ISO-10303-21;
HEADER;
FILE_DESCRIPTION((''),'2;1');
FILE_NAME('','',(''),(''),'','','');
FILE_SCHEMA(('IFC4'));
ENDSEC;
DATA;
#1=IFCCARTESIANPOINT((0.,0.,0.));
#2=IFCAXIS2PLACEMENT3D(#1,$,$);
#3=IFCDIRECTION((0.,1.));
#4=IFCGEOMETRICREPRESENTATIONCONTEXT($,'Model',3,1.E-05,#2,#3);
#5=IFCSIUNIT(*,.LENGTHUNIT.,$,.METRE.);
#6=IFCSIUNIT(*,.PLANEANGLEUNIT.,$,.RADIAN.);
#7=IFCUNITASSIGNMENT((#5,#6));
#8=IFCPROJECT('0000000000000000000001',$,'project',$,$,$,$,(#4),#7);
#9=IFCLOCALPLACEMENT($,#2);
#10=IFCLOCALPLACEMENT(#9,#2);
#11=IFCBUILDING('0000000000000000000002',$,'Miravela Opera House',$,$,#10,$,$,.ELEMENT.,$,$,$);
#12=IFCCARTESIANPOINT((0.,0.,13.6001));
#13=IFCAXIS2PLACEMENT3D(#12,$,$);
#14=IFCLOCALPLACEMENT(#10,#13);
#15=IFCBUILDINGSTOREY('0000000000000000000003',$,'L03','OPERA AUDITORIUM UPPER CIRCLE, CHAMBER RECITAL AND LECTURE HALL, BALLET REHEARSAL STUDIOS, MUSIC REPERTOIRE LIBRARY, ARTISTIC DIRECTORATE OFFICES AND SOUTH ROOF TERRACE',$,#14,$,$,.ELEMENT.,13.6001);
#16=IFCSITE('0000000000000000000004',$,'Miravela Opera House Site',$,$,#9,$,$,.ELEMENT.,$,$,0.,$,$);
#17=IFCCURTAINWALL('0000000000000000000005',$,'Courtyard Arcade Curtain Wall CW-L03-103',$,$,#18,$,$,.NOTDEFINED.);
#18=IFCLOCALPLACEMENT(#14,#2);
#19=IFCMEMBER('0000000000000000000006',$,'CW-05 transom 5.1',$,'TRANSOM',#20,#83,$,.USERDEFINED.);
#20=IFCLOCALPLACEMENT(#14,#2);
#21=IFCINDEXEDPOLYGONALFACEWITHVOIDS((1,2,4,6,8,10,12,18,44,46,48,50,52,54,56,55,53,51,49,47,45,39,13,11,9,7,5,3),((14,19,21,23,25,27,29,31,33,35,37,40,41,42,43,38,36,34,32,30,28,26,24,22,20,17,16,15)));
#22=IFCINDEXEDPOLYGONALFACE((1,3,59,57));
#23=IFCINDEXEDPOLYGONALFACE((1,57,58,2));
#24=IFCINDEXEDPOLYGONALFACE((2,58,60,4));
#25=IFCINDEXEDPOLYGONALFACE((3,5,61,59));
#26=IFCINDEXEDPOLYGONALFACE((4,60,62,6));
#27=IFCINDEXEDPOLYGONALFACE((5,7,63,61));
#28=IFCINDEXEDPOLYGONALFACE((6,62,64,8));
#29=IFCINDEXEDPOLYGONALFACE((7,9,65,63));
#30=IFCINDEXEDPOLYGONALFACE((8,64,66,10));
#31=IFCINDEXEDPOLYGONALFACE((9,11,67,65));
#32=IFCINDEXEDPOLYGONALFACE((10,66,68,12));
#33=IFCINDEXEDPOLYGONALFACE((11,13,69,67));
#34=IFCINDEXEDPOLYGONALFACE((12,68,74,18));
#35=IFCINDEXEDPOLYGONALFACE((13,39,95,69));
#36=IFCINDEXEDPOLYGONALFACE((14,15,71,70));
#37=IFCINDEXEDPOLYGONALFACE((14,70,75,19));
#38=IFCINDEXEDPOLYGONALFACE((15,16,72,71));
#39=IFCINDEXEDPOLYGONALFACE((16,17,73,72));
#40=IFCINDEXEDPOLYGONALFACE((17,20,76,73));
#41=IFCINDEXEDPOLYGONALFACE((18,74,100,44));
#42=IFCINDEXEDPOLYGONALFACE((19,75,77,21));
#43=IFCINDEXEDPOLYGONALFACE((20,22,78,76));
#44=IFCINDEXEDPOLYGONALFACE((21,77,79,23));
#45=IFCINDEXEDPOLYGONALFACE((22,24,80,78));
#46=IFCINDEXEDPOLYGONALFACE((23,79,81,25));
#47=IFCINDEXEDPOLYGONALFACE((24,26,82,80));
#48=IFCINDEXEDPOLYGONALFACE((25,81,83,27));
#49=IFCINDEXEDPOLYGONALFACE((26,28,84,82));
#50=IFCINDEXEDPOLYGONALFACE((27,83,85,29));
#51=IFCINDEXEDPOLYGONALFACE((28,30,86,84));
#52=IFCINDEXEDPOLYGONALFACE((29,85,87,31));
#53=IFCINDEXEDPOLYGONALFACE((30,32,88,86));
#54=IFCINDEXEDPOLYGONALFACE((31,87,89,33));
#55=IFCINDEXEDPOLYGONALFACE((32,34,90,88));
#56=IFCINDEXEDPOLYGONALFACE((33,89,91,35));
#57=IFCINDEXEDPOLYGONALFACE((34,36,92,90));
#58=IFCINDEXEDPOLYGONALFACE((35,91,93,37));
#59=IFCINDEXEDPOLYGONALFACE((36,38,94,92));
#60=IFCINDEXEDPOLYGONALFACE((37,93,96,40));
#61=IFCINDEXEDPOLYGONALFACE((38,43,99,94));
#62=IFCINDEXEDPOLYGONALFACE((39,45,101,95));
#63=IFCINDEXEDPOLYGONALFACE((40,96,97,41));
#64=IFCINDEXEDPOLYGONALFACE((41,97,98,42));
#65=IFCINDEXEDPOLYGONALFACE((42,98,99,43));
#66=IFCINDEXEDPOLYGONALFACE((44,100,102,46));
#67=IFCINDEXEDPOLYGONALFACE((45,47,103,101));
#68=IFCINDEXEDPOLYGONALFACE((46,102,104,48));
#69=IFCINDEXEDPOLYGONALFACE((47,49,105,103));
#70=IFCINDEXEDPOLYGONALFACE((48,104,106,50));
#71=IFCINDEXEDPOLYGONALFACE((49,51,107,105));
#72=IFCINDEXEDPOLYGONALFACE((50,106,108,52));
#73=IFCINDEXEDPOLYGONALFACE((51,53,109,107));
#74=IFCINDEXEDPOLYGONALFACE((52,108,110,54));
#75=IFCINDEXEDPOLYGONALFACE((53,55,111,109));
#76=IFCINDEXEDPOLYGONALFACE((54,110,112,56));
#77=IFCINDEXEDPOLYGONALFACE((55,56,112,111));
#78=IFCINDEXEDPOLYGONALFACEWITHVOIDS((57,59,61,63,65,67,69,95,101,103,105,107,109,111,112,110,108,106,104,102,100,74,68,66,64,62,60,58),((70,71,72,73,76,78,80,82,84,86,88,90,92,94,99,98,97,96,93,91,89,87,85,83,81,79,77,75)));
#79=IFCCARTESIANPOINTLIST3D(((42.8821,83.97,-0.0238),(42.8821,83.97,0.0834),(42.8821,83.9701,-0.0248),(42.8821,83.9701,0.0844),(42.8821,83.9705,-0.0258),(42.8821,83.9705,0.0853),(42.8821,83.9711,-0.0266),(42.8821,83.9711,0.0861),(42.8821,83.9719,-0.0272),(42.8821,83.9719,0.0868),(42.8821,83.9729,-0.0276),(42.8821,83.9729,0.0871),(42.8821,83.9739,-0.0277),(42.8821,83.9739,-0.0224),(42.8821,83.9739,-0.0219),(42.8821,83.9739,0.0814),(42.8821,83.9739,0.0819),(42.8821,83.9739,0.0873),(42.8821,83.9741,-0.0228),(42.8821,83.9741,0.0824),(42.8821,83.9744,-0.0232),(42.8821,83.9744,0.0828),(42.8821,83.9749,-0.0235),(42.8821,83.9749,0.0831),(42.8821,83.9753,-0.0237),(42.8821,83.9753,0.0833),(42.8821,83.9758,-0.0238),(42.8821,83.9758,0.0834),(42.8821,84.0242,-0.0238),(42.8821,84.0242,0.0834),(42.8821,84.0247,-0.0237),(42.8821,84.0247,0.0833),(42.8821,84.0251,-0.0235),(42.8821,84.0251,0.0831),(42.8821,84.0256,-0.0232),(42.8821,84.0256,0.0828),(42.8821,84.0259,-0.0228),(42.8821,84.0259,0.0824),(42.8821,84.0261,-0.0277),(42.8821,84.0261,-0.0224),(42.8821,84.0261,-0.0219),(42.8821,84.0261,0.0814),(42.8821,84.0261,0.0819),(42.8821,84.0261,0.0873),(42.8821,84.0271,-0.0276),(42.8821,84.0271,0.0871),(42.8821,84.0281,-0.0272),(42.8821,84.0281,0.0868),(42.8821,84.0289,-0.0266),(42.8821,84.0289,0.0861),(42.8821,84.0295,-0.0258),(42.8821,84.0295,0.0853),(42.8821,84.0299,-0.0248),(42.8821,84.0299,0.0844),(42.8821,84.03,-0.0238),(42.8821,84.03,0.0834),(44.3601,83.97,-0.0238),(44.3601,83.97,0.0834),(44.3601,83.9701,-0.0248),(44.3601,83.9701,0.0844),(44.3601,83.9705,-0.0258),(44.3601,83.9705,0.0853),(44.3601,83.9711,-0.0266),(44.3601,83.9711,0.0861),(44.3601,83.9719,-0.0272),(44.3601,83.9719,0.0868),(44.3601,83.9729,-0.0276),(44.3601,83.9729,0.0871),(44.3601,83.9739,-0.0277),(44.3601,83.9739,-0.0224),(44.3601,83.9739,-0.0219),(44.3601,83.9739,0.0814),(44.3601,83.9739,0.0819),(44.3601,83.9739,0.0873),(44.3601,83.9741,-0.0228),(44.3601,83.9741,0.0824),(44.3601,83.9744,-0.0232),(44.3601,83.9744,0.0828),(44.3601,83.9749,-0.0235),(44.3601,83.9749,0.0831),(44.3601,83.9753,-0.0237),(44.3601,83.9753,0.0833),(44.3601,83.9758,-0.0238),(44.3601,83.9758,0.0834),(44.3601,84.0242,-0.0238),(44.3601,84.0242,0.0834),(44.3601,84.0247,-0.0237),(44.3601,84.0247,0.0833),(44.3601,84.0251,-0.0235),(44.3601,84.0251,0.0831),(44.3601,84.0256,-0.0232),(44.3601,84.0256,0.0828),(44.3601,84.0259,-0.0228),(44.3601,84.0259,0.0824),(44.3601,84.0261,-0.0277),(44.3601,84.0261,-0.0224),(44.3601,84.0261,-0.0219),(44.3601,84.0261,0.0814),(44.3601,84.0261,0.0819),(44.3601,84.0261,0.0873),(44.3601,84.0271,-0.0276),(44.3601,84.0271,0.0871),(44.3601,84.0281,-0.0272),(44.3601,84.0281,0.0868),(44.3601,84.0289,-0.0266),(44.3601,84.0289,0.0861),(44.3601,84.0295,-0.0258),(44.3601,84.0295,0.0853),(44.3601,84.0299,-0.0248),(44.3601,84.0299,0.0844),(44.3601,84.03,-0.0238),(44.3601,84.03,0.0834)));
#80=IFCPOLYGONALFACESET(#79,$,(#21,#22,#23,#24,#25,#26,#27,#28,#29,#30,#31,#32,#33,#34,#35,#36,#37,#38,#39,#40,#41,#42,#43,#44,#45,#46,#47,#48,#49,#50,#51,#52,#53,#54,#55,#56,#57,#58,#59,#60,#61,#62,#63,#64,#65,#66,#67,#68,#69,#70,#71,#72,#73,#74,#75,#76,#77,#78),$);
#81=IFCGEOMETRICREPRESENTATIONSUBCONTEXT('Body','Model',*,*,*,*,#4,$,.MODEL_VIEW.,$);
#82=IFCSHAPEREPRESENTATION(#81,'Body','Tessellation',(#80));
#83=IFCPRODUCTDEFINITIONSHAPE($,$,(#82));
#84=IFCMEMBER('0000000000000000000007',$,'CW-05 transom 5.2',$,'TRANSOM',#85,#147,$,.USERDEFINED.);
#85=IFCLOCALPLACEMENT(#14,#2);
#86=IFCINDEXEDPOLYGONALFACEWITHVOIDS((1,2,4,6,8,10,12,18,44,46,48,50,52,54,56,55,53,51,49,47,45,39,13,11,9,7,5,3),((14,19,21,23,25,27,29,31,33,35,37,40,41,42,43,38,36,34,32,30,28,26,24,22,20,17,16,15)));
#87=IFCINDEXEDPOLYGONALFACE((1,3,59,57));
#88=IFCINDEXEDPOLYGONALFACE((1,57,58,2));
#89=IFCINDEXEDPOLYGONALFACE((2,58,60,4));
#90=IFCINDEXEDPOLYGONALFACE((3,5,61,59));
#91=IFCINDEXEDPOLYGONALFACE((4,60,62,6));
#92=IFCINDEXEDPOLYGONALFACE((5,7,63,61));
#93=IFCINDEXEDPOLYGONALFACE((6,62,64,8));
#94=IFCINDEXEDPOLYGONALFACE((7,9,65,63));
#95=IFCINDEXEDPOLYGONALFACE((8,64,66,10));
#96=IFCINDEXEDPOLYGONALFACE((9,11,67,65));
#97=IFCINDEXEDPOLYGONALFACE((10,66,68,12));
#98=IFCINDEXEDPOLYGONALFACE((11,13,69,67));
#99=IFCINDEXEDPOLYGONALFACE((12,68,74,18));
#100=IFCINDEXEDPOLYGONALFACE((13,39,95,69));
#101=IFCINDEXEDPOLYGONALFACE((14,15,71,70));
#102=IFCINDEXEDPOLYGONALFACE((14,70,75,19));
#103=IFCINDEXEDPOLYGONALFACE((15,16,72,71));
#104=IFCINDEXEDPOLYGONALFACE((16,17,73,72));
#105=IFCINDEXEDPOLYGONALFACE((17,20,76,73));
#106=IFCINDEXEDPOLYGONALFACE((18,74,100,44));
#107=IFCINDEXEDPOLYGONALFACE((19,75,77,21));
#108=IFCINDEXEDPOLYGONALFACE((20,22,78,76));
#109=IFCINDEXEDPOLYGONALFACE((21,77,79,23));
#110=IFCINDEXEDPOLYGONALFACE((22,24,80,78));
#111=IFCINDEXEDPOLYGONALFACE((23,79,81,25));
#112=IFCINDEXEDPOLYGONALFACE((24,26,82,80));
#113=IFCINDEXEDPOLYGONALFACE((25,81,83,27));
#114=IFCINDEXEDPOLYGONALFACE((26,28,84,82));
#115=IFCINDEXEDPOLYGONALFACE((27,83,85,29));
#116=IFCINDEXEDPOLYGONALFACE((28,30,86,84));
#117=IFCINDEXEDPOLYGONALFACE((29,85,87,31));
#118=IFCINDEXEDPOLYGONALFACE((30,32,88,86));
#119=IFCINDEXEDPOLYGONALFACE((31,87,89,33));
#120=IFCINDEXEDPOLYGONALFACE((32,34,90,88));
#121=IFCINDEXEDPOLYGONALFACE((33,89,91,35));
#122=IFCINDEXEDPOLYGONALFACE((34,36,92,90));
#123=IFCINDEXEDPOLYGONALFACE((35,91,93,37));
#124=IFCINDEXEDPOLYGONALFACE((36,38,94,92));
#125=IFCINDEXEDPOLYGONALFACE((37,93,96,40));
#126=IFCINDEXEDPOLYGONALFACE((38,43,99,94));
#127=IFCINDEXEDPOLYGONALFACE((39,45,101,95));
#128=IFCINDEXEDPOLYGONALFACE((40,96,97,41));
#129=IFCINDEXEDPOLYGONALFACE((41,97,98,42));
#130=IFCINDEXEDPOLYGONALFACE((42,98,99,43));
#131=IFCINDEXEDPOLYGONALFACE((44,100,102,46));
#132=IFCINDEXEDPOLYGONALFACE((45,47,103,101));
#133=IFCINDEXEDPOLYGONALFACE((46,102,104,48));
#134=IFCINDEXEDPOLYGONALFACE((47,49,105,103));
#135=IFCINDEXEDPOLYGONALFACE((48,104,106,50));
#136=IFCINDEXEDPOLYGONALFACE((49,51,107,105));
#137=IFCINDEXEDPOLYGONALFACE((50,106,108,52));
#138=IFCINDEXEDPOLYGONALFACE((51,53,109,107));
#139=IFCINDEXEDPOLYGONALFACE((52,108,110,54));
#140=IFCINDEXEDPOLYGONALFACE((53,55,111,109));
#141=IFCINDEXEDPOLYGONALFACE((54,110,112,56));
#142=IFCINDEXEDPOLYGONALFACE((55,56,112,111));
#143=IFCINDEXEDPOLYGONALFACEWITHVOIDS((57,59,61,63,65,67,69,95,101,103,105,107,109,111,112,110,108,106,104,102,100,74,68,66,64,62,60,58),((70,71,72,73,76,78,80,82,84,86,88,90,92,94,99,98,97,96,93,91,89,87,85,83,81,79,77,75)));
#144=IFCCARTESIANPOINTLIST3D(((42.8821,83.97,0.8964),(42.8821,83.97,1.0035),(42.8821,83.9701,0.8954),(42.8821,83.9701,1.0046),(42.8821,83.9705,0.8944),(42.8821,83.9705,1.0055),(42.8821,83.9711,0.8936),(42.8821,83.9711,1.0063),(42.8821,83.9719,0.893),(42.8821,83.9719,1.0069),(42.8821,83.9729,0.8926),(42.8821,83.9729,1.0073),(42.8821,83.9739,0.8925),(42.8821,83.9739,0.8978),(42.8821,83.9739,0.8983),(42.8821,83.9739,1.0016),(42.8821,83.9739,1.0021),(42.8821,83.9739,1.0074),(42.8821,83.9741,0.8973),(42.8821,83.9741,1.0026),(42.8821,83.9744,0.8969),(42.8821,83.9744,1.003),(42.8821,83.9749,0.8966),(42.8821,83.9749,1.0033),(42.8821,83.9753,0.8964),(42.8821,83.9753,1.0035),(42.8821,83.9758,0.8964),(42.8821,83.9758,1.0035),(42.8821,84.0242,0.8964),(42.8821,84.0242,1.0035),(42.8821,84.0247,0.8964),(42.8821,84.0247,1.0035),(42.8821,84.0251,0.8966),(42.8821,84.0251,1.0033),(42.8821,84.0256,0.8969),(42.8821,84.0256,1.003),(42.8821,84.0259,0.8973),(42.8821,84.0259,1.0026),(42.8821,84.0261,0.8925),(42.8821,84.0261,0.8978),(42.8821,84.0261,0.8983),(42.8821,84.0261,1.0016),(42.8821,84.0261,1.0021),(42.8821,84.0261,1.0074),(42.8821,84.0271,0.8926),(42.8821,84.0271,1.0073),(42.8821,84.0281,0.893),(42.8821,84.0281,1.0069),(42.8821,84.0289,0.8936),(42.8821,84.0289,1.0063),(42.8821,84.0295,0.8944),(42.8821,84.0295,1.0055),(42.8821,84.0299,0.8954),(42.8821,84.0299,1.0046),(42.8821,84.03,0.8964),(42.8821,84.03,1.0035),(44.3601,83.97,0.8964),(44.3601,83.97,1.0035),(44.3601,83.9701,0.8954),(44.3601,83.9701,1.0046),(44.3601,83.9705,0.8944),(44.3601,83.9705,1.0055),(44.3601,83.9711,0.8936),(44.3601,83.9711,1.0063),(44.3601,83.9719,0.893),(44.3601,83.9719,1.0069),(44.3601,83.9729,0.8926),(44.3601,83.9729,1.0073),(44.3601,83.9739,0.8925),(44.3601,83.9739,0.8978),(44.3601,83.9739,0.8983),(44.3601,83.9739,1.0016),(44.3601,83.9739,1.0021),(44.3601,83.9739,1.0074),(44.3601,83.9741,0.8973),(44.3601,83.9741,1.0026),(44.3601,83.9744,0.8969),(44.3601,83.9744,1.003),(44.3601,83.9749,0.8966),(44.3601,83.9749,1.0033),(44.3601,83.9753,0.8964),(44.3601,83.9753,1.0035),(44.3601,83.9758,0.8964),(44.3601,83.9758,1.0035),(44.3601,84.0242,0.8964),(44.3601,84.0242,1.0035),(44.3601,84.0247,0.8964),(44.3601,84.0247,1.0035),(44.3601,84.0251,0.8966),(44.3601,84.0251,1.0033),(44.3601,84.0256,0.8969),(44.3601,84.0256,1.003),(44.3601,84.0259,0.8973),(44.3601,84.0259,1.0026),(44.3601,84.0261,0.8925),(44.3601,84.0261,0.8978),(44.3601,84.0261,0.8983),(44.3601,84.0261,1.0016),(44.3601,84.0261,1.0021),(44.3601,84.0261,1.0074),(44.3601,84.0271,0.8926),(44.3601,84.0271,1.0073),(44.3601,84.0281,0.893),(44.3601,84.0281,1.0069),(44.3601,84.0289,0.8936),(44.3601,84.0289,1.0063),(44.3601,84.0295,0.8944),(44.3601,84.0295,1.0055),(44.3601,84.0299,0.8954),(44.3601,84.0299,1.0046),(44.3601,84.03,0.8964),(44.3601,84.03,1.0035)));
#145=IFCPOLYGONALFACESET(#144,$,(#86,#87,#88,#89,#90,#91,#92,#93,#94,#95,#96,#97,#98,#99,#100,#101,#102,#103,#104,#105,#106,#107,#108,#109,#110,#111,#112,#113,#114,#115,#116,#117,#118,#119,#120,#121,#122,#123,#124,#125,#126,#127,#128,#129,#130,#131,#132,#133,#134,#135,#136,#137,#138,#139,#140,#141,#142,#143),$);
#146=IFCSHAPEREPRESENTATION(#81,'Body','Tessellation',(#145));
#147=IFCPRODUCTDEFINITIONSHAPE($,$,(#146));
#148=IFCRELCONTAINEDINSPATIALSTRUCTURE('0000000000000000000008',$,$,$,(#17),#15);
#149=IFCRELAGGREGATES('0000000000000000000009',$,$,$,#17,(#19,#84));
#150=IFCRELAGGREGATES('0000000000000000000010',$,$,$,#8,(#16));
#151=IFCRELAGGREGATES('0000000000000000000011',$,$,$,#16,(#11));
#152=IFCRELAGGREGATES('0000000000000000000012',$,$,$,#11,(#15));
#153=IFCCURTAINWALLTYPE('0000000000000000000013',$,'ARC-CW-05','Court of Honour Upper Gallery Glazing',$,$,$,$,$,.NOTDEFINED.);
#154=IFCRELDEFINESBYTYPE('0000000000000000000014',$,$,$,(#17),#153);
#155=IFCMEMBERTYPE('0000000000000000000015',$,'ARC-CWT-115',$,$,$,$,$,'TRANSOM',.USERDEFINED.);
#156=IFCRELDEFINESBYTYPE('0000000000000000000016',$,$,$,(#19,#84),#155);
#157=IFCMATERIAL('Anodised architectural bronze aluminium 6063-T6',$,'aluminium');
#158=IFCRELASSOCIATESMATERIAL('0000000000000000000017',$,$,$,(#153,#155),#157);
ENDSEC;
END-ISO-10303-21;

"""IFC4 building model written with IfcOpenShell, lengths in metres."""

from ifc_helpers import new_model, si_unit, direction, frame, origin, origin_2d, place, context, subcontext, project, spatial, hollow_rectangle, extrude, material, material_profile, profile_set, type_object, element, aggregate, save


model = new_model("IFC4")

# Units and contexts
model_context = context("Model", 3, precision=1e-05, world=origin(), true_north=direction((0.0, 1.0)))
body_context = subcontext(model_context, "Body", "Model", "MODEL_VIEW")
ifc_project = project(units=[si_unit("LENGTHUNIT", "METRE"), si_unit("PLANEANGLEUNIT", "RADIAN")], contexts=[model_context])

# Site, building, storey
site_placement = place(None, origin())
site = spatial("IfcSite", under=ifc_project, at=site_placement, Name="Miravela Opera House Site", CompositionType="ELEMENT", RefElevation=0.0)
building_placement = place(site_placement, origin())
building = spatial("IfcBuilding", under=site, at=building_placement, Name="Miravela Opera House", CompositionType="ELEMENT")
storey_placement = place(building_placement, frame((0.0, 0.0, 13.6001)))
storey = spatial("IfcBuildingStorey", under=building, at=storey_placement, Name="L03", Description="OPERA AUDITORIUM UPPER CIRCLE, CHAMBER RECITAL AND LECTURE HALL, BALLET REHEARSAL STUDIOS, MUSIC REPERTOIRE LIBRARY, ARTISTIC DIRECTORATE OFFICES AND SOUTH ROOF TERRACE", CompositionType="ELEMENT", Elevation=13.6001)

# Curtain wall, members
ifc_material_1 = material(Name="Anodised architectural bronze aluminium 6063-T6", Category="aluminium")
curtain_wall_type = type_object("IfcCurtainWallType", Name="ARC-CW-05", Description="Court of Honour Upper Gallery Glazing", PredefinedType="NOTDEFINED", material=ifc_material_1)
curtain_wall_placement = place(storey_placement, origin())
curtain_wall = element("IfcCurtainWall", 1, at=curtain_wall_placement, inside=storey, type_object=curtain_wall_type, Name="Courtyard Arcade Curtain Wall CW-L03-103", PredefinedType="NOTDEFINED")
ifc_material_profile_1 = material_profile(ifc_material_1, hollow_rectangle(XDim=0.0601, YDim=0.115, WallThickness=0.0039, InnerFilletRadius=0.002, OuterFilletRadius=0.0039, at=origin_2d()), Name="CWT-60X115")
ifc_profile_set_1 = profile_set([ifc_material_profile_1])
member_type_1 = type_object("IfcMemberType", Name="ARC-CWT-115", ElementType="TRANSOM", PredefinedType="USERDEFINED", material=ifc_profile_set_1)
member_1_placement = place(storey_placement, frame((42.8821, 84.0, 0.0298), z_axis=(1.0, 0.0, 0.0), x_axis=(0.0, 1.0, 0.0)))
member_1 = element("IfcMember", 2, at=member_1_placement, type_object=member_type_1, Name="CW-05 transom 5.1", ObjectType="TRANSOM", PredefinedType="USERDEFINED", context=body_context, shape_type="SweptSolid", body=[
    extrude(hollow_rectangle(XDim=0.0601, YDim=0.115, WallThickness=0.0039, InnerFilletRadius=0.002, OuterFilletRadius=0.0039, at=origin_2d()), origin(), (0.0, 0.0, 1.0), 1.478),
])
member_2_placement = place(storey_placement, frame((42.8821, 84.0, 0.95), z_axis=(1.0, 0.0, 0.0), x_axis=(0.0, 1.0, 0.0)))
member_2 = element("IfcMember", 3, at=member_2_placement, type_object=member_type_1, Name="CW-05 transom 5.2", ObjectType="TRANSOM", PredefinedType="USERDEFINED", context=body_context, shape_type="SweptSolid", body=[
    extrude(hollow_rectangle(XDim=0.0601, YDim=0.115, WallThickness=0.0039, InnerFilletRadius=0.002, OuterFilletRadius=0.0039, at=origin_2d()), origin(), (0.0, 0.0, 1.0), 1.478),
])
aggregate(curtain_wall, [member_1, member_2])

save(model, "model.ifc")
